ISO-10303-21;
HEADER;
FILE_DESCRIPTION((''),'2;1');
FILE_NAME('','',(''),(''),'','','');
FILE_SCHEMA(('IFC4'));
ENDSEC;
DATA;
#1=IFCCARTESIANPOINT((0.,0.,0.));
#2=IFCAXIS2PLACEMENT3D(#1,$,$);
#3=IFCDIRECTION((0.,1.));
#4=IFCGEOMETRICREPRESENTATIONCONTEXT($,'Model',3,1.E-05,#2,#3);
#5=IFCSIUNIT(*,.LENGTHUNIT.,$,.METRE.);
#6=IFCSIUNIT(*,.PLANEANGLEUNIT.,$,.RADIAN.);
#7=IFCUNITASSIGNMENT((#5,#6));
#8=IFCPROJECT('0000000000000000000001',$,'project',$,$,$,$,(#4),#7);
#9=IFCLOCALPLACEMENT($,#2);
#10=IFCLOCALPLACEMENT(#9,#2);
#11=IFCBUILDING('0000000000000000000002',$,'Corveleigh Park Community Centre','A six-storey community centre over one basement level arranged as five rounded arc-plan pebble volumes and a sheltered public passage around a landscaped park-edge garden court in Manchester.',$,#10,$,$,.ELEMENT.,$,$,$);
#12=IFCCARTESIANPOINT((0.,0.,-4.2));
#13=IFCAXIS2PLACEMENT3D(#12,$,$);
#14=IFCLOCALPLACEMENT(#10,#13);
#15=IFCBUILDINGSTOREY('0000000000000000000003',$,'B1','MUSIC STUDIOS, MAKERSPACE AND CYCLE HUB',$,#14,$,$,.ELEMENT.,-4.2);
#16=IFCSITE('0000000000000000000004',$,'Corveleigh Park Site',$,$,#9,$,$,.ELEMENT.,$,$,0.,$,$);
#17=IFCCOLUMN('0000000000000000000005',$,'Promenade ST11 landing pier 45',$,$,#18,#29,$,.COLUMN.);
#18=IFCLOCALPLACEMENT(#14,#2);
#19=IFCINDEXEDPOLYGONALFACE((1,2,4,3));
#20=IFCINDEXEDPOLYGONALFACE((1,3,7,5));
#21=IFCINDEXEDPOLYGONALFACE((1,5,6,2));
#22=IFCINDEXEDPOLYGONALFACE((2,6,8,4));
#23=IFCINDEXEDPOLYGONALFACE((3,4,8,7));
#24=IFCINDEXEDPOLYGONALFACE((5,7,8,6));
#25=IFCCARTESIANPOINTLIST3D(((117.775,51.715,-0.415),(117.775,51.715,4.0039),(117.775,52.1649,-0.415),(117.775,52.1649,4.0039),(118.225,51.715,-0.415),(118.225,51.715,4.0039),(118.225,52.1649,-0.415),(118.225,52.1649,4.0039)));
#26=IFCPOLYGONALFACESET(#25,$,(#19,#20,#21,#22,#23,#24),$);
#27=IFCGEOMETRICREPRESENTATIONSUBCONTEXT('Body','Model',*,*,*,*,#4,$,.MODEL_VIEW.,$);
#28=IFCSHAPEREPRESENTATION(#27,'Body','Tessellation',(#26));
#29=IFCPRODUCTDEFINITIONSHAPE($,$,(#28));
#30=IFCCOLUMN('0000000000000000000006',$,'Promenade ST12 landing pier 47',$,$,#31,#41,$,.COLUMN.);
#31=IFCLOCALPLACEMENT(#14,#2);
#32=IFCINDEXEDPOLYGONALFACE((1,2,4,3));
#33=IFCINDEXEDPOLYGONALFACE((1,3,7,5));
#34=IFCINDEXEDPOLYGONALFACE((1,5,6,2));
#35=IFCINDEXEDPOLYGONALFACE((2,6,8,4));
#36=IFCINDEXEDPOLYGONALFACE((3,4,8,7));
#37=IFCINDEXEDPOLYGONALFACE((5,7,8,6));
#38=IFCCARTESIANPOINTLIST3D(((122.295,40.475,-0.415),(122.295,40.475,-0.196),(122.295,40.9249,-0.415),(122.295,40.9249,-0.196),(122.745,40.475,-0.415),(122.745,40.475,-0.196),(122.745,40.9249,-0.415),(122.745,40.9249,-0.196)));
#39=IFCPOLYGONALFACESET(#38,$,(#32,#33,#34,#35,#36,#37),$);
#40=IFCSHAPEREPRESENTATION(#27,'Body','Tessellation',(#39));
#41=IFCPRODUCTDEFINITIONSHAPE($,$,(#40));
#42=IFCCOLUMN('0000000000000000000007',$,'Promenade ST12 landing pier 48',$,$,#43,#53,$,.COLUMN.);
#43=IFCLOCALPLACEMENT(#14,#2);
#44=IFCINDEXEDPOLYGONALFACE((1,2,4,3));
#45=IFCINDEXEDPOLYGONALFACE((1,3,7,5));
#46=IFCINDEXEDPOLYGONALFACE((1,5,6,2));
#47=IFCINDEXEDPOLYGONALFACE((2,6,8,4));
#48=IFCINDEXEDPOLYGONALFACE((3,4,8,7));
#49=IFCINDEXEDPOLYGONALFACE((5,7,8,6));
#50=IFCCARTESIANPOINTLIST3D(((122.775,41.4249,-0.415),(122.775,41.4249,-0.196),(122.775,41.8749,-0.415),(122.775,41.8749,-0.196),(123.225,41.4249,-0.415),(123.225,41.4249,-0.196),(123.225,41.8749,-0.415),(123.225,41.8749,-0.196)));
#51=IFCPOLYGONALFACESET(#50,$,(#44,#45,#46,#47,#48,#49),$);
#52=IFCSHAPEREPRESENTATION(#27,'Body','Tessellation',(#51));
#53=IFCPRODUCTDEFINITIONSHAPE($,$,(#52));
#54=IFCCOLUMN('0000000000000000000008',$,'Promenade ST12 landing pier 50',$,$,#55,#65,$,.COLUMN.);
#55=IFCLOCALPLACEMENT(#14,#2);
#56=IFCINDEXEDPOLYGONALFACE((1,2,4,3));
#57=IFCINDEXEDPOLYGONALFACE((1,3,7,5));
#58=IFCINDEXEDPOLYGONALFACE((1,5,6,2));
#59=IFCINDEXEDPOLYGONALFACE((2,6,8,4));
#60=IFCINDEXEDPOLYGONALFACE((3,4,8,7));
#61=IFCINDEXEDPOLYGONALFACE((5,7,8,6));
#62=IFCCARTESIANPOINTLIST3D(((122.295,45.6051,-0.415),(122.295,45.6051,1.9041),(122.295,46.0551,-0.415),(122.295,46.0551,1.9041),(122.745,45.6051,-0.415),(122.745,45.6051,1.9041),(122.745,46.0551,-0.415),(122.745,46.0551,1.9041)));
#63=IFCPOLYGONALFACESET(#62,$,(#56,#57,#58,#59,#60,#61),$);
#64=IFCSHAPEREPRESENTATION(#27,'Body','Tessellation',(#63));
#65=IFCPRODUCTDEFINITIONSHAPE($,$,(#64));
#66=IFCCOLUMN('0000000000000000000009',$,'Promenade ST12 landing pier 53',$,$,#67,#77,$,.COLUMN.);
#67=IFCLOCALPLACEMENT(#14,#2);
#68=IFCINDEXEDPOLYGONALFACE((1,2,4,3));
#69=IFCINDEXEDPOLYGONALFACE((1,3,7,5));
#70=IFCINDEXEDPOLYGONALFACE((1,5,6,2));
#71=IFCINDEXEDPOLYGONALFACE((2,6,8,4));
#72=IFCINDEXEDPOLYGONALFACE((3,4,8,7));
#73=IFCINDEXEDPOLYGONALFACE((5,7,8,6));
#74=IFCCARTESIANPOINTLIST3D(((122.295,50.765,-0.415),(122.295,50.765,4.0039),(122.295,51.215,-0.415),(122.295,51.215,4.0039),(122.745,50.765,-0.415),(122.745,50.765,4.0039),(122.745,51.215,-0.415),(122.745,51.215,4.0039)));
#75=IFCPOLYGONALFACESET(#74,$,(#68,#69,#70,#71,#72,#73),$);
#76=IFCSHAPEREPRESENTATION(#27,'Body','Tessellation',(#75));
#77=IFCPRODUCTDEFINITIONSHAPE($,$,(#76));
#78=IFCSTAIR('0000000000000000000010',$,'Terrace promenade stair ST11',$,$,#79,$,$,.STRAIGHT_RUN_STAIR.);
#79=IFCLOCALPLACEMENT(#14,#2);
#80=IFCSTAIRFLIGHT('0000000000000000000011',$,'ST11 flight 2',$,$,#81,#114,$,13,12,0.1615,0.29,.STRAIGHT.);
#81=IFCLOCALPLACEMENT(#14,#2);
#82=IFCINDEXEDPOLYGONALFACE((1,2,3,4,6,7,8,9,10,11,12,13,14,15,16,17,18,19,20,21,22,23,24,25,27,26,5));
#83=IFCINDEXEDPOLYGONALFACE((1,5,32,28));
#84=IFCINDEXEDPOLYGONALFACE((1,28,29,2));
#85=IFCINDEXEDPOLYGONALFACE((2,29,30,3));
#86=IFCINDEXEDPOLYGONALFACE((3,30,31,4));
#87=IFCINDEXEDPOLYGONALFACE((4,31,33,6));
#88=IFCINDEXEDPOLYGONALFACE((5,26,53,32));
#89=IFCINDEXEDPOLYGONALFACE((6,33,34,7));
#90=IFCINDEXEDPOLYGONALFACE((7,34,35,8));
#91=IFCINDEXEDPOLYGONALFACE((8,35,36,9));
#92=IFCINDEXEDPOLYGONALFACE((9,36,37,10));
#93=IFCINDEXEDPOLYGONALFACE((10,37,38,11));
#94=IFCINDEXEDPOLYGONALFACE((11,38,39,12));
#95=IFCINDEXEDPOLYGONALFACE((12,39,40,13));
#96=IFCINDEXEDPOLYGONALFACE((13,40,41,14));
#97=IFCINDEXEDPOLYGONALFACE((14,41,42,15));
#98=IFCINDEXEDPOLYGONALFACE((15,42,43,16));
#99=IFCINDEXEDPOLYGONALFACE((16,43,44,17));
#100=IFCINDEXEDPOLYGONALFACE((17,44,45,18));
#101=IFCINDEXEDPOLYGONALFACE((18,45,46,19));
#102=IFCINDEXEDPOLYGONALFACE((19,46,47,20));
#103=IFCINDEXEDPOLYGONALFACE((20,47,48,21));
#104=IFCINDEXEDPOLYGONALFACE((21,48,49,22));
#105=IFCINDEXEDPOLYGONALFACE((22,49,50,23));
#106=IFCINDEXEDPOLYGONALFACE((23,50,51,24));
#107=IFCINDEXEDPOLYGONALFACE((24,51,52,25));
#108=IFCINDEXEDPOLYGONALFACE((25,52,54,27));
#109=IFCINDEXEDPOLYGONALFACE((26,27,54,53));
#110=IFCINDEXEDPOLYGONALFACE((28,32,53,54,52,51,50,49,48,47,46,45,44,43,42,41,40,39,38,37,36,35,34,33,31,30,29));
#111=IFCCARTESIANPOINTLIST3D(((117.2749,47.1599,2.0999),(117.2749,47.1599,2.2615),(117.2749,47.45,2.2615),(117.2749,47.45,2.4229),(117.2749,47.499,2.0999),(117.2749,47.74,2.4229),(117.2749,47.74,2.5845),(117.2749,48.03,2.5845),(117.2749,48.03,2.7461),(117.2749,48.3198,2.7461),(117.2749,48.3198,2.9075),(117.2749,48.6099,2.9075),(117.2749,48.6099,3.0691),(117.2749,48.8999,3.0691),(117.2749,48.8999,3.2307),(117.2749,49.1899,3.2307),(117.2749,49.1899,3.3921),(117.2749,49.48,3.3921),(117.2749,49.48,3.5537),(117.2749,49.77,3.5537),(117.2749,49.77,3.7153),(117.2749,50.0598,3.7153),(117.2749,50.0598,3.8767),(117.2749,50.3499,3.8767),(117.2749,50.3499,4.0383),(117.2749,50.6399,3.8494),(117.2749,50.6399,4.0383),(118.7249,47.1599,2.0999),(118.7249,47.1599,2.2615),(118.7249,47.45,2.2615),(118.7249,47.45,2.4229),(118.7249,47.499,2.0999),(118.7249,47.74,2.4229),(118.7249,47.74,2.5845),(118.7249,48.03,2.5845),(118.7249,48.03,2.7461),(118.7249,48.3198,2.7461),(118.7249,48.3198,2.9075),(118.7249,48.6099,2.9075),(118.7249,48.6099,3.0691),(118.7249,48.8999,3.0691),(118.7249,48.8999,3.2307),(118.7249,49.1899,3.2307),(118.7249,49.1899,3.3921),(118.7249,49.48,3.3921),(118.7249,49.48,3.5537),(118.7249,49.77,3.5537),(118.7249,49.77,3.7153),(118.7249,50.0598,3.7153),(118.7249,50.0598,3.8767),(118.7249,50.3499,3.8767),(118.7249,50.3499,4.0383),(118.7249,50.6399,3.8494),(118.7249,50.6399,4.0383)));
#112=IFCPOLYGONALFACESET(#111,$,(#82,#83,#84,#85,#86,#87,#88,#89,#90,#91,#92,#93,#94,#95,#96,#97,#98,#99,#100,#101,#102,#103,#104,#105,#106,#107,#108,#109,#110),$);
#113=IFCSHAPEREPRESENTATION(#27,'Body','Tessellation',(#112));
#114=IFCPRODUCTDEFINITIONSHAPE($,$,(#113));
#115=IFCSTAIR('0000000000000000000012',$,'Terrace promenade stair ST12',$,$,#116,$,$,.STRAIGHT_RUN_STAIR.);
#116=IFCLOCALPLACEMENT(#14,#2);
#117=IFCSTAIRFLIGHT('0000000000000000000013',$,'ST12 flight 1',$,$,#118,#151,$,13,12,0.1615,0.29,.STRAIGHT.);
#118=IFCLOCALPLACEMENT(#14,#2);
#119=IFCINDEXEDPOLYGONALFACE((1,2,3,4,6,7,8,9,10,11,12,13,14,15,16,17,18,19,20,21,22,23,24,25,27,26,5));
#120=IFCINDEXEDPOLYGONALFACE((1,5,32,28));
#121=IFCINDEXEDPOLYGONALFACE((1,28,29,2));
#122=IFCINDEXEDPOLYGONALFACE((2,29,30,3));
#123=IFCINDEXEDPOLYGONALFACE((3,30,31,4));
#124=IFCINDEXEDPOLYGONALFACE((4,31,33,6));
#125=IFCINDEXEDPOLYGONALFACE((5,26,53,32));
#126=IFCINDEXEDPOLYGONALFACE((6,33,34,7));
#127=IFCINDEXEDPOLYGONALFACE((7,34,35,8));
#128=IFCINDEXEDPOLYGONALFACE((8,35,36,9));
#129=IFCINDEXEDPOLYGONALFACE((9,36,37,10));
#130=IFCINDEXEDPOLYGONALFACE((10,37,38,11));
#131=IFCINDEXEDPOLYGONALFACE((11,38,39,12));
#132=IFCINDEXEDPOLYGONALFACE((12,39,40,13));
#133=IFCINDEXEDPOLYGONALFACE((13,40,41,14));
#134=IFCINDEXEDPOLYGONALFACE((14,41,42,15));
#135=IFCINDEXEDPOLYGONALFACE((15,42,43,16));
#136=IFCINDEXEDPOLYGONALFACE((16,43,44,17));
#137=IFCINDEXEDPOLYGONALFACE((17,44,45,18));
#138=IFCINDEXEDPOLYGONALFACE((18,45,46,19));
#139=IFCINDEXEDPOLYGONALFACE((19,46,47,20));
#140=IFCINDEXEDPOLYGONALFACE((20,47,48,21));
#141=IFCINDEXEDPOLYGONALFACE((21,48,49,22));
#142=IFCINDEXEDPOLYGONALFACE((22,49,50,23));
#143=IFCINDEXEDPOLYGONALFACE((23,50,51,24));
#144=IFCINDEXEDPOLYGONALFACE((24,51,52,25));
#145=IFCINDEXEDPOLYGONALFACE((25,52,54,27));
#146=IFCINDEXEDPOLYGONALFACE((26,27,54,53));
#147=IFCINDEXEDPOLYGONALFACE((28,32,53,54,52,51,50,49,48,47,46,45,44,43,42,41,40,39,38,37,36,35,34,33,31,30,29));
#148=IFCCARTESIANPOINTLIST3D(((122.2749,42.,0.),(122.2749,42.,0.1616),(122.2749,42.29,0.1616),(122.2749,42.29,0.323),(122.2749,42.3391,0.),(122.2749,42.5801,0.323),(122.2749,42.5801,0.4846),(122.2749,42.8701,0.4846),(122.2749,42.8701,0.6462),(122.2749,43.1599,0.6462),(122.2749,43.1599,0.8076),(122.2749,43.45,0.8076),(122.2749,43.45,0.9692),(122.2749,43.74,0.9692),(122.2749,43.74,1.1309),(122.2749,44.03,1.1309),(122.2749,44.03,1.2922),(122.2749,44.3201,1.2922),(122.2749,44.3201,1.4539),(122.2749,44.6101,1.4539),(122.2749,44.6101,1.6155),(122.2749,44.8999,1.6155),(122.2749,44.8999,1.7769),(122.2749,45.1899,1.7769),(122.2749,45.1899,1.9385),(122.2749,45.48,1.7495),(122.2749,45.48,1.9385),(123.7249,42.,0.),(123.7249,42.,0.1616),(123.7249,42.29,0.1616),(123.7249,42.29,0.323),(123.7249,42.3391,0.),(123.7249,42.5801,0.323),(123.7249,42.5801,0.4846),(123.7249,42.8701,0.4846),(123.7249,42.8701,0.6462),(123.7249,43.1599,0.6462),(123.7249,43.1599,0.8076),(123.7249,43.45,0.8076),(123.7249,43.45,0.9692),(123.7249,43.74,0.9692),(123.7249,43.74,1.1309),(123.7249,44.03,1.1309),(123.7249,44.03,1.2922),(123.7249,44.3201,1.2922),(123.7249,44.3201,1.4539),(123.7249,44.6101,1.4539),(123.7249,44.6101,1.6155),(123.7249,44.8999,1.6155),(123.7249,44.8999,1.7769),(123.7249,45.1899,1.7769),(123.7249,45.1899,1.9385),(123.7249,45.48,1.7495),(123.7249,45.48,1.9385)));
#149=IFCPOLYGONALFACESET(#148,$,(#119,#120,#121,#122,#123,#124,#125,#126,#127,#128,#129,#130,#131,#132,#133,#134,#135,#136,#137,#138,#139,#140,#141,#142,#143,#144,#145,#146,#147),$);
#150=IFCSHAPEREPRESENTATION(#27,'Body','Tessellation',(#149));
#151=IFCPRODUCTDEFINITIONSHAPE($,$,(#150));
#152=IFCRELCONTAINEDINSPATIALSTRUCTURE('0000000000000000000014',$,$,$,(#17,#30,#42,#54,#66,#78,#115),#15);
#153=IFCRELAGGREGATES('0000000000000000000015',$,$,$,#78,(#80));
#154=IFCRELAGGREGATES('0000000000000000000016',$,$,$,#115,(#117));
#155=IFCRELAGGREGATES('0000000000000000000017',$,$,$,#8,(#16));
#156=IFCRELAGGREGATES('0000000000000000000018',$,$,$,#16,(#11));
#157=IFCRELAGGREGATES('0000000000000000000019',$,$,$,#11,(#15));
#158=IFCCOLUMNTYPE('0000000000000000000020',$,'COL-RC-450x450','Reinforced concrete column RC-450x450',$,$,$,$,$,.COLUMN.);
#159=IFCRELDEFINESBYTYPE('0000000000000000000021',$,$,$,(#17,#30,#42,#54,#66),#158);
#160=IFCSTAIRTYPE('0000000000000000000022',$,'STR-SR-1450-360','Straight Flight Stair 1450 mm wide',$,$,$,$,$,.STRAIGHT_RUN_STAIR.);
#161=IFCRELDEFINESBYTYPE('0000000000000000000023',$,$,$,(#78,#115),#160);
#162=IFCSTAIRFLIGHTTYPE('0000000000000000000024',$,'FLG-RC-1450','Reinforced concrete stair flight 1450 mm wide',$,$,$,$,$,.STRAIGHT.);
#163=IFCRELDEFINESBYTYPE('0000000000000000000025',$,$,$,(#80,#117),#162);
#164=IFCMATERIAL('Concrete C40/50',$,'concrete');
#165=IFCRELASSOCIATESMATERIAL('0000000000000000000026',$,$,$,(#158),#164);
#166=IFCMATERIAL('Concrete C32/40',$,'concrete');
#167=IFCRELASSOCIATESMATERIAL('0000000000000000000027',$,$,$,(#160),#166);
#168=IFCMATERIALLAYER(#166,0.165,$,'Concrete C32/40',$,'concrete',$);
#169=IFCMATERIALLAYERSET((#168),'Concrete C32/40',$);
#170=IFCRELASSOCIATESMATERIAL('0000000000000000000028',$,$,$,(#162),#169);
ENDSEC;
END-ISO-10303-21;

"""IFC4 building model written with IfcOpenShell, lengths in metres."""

from ifc_helpers import new_model, si_unit, direction, frame, origin, origin_2d, place, context, subcontext, project, spatial, polyline, rectangle, outline, extrude, material, layer, layer_set, material_profile, profile_set, type_object, element, aggregate, save


model = new_model("IFC4")

# Units and contexts
model_context = context("Model", 3, precision=1e-05, world=origin(), true_north=direction((0.0, 1.0)))
body_context = subcontext(model_context, "Body", "Model", "MODEL_VIEW")
ifc_project = project(units=[si_unit("LENGTHUNIT", "METRE"), si_unit("PLANEANGLEUNIT", "RADIAN")], contexts=[model_context])

# Site, building, storey
site_placement = place(None, origin())
site = spatial("IfcSite", under=ifc_project, at=site_placement, Name="Corveleigh Park Site", CompositionType="ELEMENT", RefElevation=0.0)
building_placement = place(site_placement, origin())
building = spatial("IfcBuilding", under=site, at=building_placement, Name="Corveleigh Park Community Centre", Description="A six-storey community centre over one basement level arranged as five rounded arc-plan pebble volumes and a sheltered public passage around a landscaped park-edge garden court in Manchester.", CompositionType="ELEMENT")
storey_placement = place(building_placement, frame((0.0, 0.0, -4.2)))
storey = spatial("IfcBuildingStorey", under=building, at=storey_placement, Name="B1", Description="MUSIC STUDIOS, MAKERSPACE AND CYCLE HUB", CompositionType="ELEMENT", Elevation=-4.2)

# Shared definitions
ifc_material_1 = material(Name="Concrete C40/50", Category="concrete")

# Shared definitions
ifc_material_2 = material(Name="Concrete C32/40", Category="concrete")

# Columns
ifc_material_profile_1 = material_profile(ifc_material_1, rectangle(XDim=0.45, YDim=0.45, at=origin_2d()), Name="RC-450x450", Category="concrete")
ifc_profile_set_1 = profile_set([ifc_material_profile_1], Name="Concrete C40/50")
column_type = type_object("IfcColumnType", Name="COL-RC-450x450", Description="Reinforced concrete column RC-450x450", PredefinedType="COLUMN", material=ifc_profile_set_1)
for number, where, z_axis, x_axis, name in (
    (1, (118.0, 51.9399, -0.415), (0.0, 0.0, 1.0), (1.0, 0.0, 0.0), "Promenade ST11 landing pier 45"),
):
    element("IfcColumn", number, at=place(storey_placement, frame(where, z_axis=z_axis, x_axis=x_axis)), inside=storey, type_object=column_type, Name=name, PredefinedType="COLUMN", context=body_context, shape_type="SweptSolid", body=[
        extrude(rectangle(XDim=0.45, YDim=0.45, at=origin_2d()), origin(), (0.0, 0.0, 1.0), 4.4189),
    ])
for number, where, z_axis, x_axis, name in (
    (2, (122.52, 40.7, -0.415), (0.0, 0.0, 1.0), (1.0, 0.0, 0.0), "Promenade ST12 landing pier 47"),
    (3, (123.0, 41.6499, -0.415), (0.0, 0.0, 1.0), (1.0, 0.0, 0.0), "Promenade ST12 landing pier 48"),
):
    element("IfcColumn", number, at=place(storey_placement, frame(where, z_axis=z_axis, x_axis=x_axis)), inside=storey, type_object=column_type, Name=name, PredefinedType="COLUMN", context=body_context, shape_type="SweptSolid", body=[
        extrude(rectangle(XDim=0.45, YDim=0.45, at=origin_2d()), origin(), (0.0, 0.0, 1.0), 0.219),
    ])
column_1_placement = place(storey_placement, frame((122.52, 45.8301, -0.415), z_axis=(0.0, 0.0, 1.0), x_axis=(1.0, 0.0, 0.0)))
element("IfcColumn", 4, at=column_1_placement, inside=storey, type_object=column_type, Name="Promenade ST12 landing pier 50", PredefinedType="COLUMN", context=body_context, shape_type="SweptSolid", body=[
    extrude(rectangle(XDim=0.45, YDim=0.45, at=origin_2d()), origin(), (0.0, 0.0, 1.0), 2.3191),
])
column_2_placement = place(storey_placement, frame((122.52, 50.99, -0.415), z_axis=(0.0, 0.0, 1.0), x_axis=(1.0, 0.0, 0.0)))
element("IfcColumn", 5, at=column_2_placement, inside=storey, type_object=column_type, Name="Promenade ST12 landing pier 53", PredefinedType="COLUMN", context=body_context, shape_type="SweptSolid", body=[
    extrude(rectangle(XDim=0.45, YDim=0.45, at=origin_2d()), origin(), (0.0, 0.0, 1.0), 4.4189),
])

# Stairs, stair flights
stair_type = type_object("IfcStairType", Name="STR-SR-1450-360", Description="Straight Flight Stair 1450 mm wide", PredefinedType="STRAIGHT_RUN_STAIR", material=ifc_material_2)
stair_1_placement = place(storey_placement, origin())
stair_1 = element("IfcStair", 6, at=stair_1_placement, inside=storey, type_object=stair_type, Name="Terrace promenade stair ST11", PredefinedType="STRAIGHT_RUN_STAIR")
ifc_layer = layer(ifc_material_2, 0.165, Name="Concrete C32/40", Category="concrete")
ifc_layer_set = layer_set([ifc_layer], Name="Concrete C32/40")
stair_flight_type = type_object("IfcStairFlightType", Name="FLG-RC-1450", Description="Reinforced concrete stair flight 1450 mm wide", PredefinedType="STRAIGHT", material=ifc_layer_set)
stair_flight_1_placement = place(storey_placement, frame((118.0, 47.1599, 2.0999), z_axis=(0.0, 0.0, 1.0), x_axis=(0.0, 1.0, 0.0)))
stair_flight_1 = element("IfcStairFlight", 7, at=stair_flight_1_placement, type_object=stair_flight_type, Name="ST11 flight 2", NumberOfRisers=13, NumberOfTreads=12, PredefinedType="STRAIGHT", RiserHeight=0.1615, TreadLength=0.29, context=body_context, shape_type="SweptSolid", body=[
    extrude(outline(polyline([(0.0, 0.0), (0.0, 0.1616), (0.29, 0.1616), (0.29, 0.323), (0.5801, 0.323), (0.5801, 0.4846), (0.8701, 0.4846), (0.8701, 0.6462), (1.1599, 0.6462), (1.1599, 0.8076), (1.45, 0.8076), (1.45, 0.9692), (1.74, 0.9692), (1.74, 1.1309), (2.03, 1.1309), (2.03, 1.2922), (2.3201, 1.2922), (2.3201, 1.4539), (2.6101, 1.4539), (2.6101, 1.6155), (2.8999, 1.6155), (2.8999, 1.7769), (3.1899, 1.7769), (3.1899, 1.9385), (3.48, 1.9385), (3.48, 2.1001), (3.48, 1.7495), (0.3391, 0.0), (0.0, 0.0)])), frame((0.0, 0.7251, 0.0), z_axis=(0.0, -1.0, 0.0), x_axis=(1.0, 0.0, 0.0)), (0.0, 0.0, 1.0), 1.45),
])
aggregate(stair_1, [stair_flight_1])
stair_2_placement = place(storey_placement, origin())
stair_2 = element("IfcStair", 8, at=stair_2_placement, inside=storey, type_object=stair_type, Name="Terrace promenade stair ST12", PredefinedType="STRAIGHT_RUN_STAIR")
stair_flight_2_placement = place(storey_placement, frame((123.0, 42.0, 0.0), z_axis=(0.0, 0.0, 1.0), x_axis=(0.0, 1.0, 0.0)))
stair_flight_2 = element("IfcStairFlight", 9, at=stair_flight_2_placement, type_object=stair_flight_type, Name="ST12 flight 1", NumberOfRisers=13, NumberOfTreads=12, PredefinedType="STRAIGHT", RiserHeight=0.1615, TreadLength=0.29, context=body_context, shape_type="SweptSolid", body=[
    extrude(outline(polyline([(0.0, 0.0), (0.0, 0.1616), (0.29, 0.1616), (0.29, 0.323), (0.5801, 0.323), (0.5801, 0.4846), (0.8701, 0.4846), (0.8701, 0.6462), (1.1599, 0.6462), (1.1599, 0.8076), (1.45, 0.8076), (1.45, 0.9692), (1.74, 0.9692), (1.74, 1.1309), (2.03, 1.1309), (2.03, 1.2922), (2.3201, 1.2922), (2.3201, 1.4539), (2.6101, 1.4539), (2.6101, 1.6155), (2.8999, 1.6155), (2.8999, 1.7769), (3.1899, 1.7769), (3.1899, 1.9385), (3.48, 1.9385), (3.48, 2.1001), (3.48, 1.7495), (0.3391, 0.0), (0.0, 0.0)])), frame((0.0, 0.7251, 0.0), z_axis=(0.0, -1.0, 0.0), x_axis=(1.0, 0.0, 0.0)), (0.0, 0.0, 1.0), 1.45),
])
aggregate(stair_2, [stair_flight_2])

save(model, "model.ifc")
